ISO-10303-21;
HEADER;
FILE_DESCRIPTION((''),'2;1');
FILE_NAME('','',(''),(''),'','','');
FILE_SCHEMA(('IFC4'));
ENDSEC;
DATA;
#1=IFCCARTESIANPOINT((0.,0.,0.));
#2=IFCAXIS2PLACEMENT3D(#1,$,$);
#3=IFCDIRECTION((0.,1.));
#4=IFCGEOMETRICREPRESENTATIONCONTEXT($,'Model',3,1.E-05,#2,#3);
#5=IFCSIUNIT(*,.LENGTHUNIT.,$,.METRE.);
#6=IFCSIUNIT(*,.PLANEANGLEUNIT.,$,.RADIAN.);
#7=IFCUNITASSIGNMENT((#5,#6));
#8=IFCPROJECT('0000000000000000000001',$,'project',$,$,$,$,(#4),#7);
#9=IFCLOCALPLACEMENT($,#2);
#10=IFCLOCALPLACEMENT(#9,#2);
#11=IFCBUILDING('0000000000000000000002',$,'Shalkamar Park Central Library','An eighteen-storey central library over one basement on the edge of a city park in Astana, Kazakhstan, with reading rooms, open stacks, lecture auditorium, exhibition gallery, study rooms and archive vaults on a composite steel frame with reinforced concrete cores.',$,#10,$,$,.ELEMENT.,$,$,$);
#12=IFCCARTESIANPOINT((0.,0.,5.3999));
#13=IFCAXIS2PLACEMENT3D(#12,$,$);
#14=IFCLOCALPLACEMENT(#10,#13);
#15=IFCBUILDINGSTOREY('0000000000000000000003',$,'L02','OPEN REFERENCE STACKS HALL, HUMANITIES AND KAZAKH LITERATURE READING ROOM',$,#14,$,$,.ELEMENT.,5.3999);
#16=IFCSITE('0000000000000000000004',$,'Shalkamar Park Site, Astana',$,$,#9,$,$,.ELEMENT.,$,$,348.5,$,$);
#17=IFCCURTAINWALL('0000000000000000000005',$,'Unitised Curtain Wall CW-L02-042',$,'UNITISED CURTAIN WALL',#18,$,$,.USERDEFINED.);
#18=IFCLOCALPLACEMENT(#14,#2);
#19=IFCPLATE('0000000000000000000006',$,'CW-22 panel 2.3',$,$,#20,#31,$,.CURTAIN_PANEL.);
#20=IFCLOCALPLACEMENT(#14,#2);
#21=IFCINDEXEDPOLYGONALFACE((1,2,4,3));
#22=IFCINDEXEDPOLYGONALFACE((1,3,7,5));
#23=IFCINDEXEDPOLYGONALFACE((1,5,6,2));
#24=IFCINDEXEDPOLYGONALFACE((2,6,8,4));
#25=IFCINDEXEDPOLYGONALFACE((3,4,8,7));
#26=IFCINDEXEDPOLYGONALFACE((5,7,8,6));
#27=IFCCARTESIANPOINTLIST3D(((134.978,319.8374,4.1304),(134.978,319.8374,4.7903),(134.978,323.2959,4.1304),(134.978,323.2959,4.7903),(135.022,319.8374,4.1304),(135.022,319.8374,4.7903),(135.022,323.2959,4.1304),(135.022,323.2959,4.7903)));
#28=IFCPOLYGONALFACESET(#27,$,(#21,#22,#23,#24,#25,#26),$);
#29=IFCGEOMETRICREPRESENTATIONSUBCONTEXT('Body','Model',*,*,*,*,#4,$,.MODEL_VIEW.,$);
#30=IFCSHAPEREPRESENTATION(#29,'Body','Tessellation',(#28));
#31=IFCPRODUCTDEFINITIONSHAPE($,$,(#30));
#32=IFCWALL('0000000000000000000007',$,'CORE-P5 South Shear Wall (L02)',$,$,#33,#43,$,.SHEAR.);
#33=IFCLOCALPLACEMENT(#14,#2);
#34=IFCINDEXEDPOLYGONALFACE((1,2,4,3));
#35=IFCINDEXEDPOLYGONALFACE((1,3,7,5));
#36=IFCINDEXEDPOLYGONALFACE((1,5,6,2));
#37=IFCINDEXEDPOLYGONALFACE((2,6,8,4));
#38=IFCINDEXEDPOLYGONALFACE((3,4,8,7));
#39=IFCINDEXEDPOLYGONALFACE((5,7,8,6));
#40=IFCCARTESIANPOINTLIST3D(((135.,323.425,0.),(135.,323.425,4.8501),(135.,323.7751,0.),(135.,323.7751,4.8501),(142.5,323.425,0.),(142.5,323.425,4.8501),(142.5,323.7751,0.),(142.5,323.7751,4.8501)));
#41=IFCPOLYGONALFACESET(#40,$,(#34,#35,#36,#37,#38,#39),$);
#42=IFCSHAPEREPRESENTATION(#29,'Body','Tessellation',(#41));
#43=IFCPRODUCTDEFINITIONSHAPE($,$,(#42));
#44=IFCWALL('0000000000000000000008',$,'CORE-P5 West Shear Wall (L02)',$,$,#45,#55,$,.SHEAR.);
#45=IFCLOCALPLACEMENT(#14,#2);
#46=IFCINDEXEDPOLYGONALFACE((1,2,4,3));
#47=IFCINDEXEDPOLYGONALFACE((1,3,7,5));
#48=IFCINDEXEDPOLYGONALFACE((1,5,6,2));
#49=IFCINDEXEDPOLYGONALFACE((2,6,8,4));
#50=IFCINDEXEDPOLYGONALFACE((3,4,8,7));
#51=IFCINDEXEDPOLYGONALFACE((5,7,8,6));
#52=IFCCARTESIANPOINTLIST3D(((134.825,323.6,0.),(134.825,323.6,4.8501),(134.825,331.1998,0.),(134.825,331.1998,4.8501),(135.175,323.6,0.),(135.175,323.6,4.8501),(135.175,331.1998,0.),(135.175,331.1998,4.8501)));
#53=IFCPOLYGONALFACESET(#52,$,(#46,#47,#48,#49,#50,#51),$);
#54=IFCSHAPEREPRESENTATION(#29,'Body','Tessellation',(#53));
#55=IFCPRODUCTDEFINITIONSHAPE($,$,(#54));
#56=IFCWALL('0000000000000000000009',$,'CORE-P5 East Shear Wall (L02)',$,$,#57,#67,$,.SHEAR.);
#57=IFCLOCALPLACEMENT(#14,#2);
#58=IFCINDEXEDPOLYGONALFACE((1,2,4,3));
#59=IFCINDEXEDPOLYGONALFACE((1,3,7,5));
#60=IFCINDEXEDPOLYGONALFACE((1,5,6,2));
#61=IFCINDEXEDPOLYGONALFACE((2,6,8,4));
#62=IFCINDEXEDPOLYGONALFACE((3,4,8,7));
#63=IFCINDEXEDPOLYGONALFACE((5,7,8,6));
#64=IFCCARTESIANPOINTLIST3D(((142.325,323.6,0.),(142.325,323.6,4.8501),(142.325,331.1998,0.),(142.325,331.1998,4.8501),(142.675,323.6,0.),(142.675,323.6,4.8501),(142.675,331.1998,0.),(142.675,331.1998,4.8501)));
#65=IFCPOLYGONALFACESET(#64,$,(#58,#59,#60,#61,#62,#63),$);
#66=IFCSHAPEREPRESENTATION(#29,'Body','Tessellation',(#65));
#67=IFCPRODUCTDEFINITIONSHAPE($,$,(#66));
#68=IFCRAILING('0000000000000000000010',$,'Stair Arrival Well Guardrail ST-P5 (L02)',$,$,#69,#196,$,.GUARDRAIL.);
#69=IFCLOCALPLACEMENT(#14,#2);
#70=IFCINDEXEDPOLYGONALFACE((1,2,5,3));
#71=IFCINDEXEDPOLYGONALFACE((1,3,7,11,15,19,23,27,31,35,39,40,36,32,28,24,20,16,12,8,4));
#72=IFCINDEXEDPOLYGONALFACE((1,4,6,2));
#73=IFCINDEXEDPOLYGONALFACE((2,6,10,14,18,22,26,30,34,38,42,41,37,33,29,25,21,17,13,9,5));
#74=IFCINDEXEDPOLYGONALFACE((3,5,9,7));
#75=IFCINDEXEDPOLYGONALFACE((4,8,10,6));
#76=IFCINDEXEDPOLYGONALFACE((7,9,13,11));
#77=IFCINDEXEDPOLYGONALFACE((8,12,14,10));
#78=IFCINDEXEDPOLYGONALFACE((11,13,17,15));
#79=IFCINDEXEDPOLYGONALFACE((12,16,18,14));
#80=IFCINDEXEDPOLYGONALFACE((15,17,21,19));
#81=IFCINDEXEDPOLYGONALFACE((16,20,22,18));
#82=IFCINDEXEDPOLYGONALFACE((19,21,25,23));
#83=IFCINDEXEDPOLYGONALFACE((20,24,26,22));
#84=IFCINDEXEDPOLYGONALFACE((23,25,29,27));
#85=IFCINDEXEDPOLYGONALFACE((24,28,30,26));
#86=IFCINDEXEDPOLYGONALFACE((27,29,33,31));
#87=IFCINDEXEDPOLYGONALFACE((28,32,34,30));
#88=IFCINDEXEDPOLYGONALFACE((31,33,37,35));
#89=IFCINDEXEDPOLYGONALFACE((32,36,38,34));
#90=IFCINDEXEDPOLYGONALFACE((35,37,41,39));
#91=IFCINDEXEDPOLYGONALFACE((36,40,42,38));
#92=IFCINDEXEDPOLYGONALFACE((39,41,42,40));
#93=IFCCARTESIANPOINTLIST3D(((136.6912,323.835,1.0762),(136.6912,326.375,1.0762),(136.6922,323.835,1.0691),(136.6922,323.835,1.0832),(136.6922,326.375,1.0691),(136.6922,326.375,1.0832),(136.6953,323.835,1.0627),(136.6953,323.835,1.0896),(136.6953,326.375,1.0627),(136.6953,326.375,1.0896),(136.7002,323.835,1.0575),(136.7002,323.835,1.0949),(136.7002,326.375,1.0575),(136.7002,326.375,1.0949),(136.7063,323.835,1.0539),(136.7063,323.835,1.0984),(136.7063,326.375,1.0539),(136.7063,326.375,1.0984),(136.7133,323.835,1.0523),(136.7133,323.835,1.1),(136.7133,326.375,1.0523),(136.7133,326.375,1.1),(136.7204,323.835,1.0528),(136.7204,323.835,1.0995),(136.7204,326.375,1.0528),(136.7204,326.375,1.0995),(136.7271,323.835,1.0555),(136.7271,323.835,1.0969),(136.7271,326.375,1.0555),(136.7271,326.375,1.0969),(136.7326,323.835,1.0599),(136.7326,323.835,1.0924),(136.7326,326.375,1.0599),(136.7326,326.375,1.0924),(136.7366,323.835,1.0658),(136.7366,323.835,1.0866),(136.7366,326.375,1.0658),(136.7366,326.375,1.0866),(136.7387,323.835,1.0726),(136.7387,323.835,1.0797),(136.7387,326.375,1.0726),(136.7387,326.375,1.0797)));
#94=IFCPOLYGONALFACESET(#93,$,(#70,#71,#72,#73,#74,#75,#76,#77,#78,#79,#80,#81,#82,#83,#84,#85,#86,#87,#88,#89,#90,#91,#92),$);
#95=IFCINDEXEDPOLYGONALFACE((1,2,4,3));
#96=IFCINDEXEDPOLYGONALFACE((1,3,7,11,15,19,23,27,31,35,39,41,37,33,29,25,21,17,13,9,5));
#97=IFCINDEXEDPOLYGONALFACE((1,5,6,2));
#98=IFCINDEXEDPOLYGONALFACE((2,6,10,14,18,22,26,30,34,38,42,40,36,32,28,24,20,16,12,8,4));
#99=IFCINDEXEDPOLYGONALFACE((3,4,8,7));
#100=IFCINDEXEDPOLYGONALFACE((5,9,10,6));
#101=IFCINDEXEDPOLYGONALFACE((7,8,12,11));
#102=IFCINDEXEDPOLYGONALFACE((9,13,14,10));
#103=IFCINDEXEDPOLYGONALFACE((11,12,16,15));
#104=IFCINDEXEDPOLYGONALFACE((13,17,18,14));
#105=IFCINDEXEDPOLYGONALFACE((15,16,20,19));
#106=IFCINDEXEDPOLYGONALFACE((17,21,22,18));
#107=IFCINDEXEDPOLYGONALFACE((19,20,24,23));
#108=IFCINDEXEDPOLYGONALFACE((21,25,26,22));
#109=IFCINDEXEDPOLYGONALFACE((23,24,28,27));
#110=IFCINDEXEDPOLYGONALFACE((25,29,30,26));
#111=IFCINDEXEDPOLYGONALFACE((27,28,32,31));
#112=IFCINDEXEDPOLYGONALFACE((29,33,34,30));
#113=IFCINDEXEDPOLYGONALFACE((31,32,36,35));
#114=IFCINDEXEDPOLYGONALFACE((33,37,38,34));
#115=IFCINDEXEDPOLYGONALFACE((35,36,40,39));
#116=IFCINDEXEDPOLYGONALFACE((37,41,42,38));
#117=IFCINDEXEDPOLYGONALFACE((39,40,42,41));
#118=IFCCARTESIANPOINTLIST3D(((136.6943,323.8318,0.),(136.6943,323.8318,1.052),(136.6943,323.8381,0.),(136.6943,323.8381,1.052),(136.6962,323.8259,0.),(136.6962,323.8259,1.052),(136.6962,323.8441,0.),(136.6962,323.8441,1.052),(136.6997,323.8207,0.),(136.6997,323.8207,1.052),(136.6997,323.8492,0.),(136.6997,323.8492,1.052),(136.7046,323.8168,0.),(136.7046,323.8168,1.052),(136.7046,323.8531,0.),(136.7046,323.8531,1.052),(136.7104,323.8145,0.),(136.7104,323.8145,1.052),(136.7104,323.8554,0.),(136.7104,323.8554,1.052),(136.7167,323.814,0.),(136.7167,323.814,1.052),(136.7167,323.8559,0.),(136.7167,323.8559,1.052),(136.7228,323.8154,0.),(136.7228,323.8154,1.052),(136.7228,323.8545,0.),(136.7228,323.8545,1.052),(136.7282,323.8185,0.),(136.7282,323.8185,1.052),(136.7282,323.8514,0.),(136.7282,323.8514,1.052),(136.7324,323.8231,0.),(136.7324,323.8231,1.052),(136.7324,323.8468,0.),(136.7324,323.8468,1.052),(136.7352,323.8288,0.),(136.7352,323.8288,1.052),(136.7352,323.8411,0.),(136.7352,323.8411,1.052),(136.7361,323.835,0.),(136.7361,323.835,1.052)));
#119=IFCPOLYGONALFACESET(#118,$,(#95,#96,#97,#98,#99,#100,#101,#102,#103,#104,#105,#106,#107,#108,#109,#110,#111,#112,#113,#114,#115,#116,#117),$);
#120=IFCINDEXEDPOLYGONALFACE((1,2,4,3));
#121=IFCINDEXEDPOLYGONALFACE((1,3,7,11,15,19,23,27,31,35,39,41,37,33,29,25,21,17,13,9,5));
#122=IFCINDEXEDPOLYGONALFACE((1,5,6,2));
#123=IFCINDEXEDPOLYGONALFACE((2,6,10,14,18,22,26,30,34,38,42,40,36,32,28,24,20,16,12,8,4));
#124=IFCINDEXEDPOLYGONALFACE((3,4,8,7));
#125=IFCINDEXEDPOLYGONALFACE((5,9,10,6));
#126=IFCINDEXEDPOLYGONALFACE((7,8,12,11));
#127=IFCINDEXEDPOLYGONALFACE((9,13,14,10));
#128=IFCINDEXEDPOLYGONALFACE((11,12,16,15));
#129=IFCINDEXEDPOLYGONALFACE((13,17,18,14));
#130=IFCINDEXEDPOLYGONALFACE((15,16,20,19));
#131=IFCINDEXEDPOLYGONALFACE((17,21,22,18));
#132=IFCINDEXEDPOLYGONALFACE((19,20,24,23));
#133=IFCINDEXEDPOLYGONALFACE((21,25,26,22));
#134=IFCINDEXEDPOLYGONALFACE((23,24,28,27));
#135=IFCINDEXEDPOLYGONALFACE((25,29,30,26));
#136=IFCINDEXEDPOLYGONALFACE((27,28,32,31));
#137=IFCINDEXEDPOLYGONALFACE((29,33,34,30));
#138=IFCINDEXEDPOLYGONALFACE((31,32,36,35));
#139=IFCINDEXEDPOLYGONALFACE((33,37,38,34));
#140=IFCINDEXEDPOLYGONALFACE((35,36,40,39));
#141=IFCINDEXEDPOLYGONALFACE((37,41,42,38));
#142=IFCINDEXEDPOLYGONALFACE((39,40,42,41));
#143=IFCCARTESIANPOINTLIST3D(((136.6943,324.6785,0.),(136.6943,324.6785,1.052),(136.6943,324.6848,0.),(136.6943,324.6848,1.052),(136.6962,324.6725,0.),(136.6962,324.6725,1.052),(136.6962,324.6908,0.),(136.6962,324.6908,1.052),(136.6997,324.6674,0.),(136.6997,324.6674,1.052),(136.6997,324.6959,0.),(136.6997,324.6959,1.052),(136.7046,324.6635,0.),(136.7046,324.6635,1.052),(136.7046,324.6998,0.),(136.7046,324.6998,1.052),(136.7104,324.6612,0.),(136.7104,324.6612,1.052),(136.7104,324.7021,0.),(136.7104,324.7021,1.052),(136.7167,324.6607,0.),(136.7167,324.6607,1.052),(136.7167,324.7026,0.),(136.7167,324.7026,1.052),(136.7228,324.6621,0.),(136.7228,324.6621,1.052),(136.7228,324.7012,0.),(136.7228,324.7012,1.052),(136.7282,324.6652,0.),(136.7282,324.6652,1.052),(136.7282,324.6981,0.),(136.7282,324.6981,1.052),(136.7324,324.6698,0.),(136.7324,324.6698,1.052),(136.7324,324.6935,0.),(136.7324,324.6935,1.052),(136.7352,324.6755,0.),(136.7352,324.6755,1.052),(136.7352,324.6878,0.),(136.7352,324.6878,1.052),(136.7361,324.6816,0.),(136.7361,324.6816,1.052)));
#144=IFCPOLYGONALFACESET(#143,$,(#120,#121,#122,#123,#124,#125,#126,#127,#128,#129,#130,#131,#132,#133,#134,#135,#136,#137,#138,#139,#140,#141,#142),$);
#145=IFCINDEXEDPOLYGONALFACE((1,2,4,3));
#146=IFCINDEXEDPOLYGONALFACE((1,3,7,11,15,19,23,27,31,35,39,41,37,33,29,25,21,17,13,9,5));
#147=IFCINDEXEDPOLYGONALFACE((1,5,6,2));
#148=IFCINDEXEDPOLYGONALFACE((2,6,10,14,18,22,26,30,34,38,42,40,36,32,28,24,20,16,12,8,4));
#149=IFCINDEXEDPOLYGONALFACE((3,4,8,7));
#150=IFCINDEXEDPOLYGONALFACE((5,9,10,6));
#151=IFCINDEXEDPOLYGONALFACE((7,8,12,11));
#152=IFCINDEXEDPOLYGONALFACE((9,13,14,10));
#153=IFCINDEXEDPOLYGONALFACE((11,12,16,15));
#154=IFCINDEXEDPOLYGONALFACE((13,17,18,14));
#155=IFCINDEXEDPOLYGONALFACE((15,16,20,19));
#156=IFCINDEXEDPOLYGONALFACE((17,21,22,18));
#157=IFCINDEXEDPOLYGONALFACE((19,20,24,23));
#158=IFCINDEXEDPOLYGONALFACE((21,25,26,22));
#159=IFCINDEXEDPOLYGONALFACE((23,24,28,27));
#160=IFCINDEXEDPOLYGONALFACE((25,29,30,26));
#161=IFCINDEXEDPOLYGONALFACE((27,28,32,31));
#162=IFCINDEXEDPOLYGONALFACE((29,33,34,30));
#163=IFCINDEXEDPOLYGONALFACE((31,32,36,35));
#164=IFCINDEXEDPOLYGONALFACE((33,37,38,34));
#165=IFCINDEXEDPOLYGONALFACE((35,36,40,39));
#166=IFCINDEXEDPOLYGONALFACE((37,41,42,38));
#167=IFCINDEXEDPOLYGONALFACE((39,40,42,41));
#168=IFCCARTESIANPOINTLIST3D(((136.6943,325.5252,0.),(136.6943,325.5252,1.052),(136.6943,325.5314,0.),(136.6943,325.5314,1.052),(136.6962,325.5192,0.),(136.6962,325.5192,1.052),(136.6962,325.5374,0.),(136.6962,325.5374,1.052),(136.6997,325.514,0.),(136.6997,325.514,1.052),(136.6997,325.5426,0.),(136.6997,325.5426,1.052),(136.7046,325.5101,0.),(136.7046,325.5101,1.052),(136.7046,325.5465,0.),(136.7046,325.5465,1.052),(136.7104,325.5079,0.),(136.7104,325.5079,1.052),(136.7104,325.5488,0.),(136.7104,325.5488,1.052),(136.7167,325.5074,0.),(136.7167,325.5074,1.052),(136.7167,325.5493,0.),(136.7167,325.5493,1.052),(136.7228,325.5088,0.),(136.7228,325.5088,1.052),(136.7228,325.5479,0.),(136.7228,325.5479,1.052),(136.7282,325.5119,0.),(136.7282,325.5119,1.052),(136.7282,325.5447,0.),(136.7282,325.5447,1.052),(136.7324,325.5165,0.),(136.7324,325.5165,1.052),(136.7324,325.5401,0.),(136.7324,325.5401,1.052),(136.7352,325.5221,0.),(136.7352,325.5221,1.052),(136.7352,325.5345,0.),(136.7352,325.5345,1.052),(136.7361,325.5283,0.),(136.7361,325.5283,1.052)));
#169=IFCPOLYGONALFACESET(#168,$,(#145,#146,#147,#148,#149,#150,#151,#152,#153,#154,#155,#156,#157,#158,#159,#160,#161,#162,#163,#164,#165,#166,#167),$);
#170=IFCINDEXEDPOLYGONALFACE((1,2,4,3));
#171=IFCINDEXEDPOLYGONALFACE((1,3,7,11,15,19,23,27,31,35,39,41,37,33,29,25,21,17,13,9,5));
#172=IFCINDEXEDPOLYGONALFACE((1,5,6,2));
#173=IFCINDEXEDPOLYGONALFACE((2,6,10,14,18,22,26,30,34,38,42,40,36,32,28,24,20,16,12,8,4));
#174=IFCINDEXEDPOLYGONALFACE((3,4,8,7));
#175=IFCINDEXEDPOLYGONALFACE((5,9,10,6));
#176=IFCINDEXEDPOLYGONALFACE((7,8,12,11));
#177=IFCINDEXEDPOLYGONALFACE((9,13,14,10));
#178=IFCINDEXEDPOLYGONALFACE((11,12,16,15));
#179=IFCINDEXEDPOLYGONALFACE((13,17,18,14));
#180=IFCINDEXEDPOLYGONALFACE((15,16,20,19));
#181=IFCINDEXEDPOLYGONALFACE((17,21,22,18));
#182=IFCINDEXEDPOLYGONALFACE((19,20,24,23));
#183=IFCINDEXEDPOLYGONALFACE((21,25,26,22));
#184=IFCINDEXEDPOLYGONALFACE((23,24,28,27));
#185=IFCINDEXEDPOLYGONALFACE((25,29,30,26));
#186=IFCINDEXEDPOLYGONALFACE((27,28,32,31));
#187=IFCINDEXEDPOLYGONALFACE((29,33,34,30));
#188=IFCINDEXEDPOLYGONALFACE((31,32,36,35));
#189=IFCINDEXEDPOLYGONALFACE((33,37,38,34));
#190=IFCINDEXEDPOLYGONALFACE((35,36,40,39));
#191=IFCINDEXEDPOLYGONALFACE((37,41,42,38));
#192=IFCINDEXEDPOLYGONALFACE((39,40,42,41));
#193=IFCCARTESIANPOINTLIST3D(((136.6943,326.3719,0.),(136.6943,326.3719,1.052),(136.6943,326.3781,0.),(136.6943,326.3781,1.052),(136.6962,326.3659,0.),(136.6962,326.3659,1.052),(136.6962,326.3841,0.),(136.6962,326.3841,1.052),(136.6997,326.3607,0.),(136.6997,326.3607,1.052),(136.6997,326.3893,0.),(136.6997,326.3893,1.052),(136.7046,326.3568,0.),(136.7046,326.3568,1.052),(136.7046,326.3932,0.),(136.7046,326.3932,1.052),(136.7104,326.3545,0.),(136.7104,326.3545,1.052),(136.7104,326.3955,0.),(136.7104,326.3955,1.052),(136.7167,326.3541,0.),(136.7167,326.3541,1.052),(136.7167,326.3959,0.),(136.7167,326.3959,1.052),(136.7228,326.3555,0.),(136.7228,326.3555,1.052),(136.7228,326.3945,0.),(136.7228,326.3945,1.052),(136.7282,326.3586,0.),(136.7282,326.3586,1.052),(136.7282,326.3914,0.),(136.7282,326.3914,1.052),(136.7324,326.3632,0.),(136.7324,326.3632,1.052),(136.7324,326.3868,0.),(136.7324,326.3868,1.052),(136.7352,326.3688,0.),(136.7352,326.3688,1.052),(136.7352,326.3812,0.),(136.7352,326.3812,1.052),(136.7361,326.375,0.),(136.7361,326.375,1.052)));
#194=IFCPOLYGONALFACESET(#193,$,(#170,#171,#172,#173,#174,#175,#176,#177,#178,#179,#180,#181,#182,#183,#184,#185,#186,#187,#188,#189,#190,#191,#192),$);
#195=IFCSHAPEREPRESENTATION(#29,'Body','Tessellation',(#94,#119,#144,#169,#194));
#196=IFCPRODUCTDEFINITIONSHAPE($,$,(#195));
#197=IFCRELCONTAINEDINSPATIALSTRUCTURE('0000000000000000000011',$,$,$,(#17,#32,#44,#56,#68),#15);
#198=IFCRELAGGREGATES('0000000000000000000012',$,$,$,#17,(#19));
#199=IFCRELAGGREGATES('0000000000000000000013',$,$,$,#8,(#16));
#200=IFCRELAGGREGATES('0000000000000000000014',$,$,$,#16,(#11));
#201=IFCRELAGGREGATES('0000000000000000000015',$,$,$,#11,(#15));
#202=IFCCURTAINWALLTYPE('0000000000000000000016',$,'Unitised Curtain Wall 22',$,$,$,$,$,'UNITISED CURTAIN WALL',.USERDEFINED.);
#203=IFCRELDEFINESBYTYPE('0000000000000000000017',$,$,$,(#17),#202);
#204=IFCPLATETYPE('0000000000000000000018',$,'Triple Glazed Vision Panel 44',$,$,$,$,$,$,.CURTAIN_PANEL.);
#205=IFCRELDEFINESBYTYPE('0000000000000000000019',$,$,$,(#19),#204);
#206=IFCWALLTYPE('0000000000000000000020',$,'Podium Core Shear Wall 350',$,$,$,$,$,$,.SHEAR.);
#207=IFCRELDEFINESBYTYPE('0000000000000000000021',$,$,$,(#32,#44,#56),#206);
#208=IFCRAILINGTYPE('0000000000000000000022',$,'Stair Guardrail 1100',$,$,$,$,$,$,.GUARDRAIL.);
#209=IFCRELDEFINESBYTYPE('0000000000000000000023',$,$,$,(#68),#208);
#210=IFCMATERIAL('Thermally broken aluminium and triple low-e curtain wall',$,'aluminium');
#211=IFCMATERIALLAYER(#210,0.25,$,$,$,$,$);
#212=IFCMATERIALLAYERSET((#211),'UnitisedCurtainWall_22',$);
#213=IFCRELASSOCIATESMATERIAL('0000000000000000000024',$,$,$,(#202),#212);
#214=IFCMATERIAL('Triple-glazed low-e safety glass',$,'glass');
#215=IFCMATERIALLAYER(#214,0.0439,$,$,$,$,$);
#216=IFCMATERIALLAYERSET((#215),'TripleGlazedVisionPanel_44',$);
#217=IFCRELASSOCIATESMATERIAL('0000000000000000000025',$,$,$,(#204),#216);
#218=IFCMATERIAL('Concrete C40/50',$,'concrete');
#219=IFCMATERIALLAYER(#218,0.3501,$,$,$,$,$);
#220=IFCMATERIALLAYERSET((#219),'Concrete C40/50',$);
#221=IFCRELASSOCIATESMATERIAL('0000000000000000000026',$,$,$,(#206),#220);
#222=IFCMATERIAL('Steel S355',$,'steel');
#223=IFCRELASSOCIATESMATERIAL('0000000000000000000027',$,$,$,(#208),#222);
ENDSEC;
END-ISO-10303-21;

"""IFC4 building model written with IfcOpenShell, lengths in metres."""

from ifc_helpers import new_model, si_unit, direction, frame, frame_2d, origin, origin_2d, place, context, subcontext, project, spatial, rectangle, circle, extrude, material, layer, layer_set, type_object, element, aggregate, save


model = new_model("IFC4")

# Units and contexts
model_context = context("Model", 3, precision=1e-05, world=origin(), true_north=direction((0.0, 1.0)))
body_context = subcontext(model_context, "Body", "Model", "MODEL_VIEW")
ifc_project = project(units=[si_unit("LENGTHUNIT", "METRE"), si_unit("PLANEANGLEUNIT", "RADIAN")], contexts=[model_context])

# Site, building, storey
site_placement = place(None, origin())
site = spatial("IfcSite", under=ifc_project, at=site_placement, Name="Shalkamar Park Site, Astana", CompositionType="ELEMENT", RefElevation=348.5)
building_placement = place(site_placement, origin())
building = spatial("IfcBuilding", under=site, at=building_placement, Name="Shalkamar Park Central Library", Description="An eighteen-storey central library over one basement on the edge of a city park in Astana, Kazakhstan, with reading rooms, open stacks, lecture auditorium, exhibition gallery, study rooms and archive vaults on a composite steel frame with reinforced concrete cores.", CompositionType="ELEMENT")
storey_placement = place(building_placement, frame((0.0, 0.0, 5.3999)))
storey = spatial("IfcBuildingStorey", under=building, at=storey_placement, Name="L02", Description="OPEN REFERENCE STACKS HALL, HUMANITIES AND KAZAKH LITERATURE READING ROOM", CompositionType="ELEMENT", Elevation=5.3999)

# Shared definitions
ifc_material_1 = material(Name="Steel S355", Category="steel")

# Curtain wall
ifc_material_2 = material(Name="Thermally broken aluminium and triple low-e curtain wall", Category="aluminium")
ifc_layer_1 = layer(ifc_material_2, 0.25)
ifc_layer_set_1 = layer_set([ifc_layer_1], Name="UnitisedCurtainWall_22")
curtain_wall_type = type_object("IfcCurtainWallType", Name="Unitised Curtain Wall 22", ElementType="UNITISED CURTAIN WALL", PredefinedType="USERDEFINED", material=ifc_layer_set_1)
curtain_wall_placement = place(storey_placement, origin())
curtain_wall = element("IfcCurtainWall", 1, at=curtain_wall_placement, inside=storey, type_object=curtain_wall_type, Name="Unitised Curtain Wall CW-L02-042", ObjectType="UNITISED CURTAIN WALL", PredefinedType="USERDEFINED")

# Plate
ifc_material_3 = material(Name="Triple-glazed low-e safety glass", Category="glass")
ifc_layer_2 = layer(ifc_material_3, 0.0439)
ifc_layer_set_2 = layer_set([ifc_layer_2], Name="TripleGlazedVisionPanel_44")
plate_type = type_object("IfcPlateType", Name="Triple Glazed Vision Panel 44", PredefinedType="CURTAIN_PANEL", material=ifc_layer_set_2)
plate_1_placement = place(storey_placement, frame((135.0, 321.5667, 4.1304), z_axis=(0.0, 0.0, 1.0), x_axis=(0.0, 1.0, 0.0)))
plate_1 = element("IfcPlate", 2, at=plate_1_placement, type_object=plate_type, Name="CW-22 panel 2.3", PredefinedType="CURTAIN_PANEL", context=body_context, shape_type="SweptSolid", body=[
    extrude(rectangle(XDim=3.4585, YDim=0.0439, at=origin_2d()), origin(), (0.0, 0.0, 1.0), 0.6599),
])
aggregate(curtain_wall, [plate_1])

# Walls
ifc_material_4 = material(Name="Concrete C40/50", Category="concrete")
ifc_layer_3 = layer(ifc_material_4, 0.3501)
ifc_layer_set_3 = layer_set([ifc_layer_3], Name="Concrete C40/50")
wall_type = type_object("IfcWallType", Name="Podium Core Shear Wall 350", PredefinedType="SHEAR", material=ifc_layer_set_3)
wall_1_placement = place(storey_placement, frame((135.0, 323.6001, 0.0), z_axis=(0.0, 0.0, 1.0), x_axis=(1.0, 0.0, 0.0)))
element("IfcWall", 3, at=wall_1_placement, inside=storey, type_object=wall_type, Name="CORE-P5 South Shear Wall (L02)", PredefinedType="SHEAR", context=body_context, shape_type="SweptSolid", body=[
    extrude(rectangle(XDim=7.5, YDim=0.3501, at=frame_2d((3.75, 0.0))), origin(), (0.0, 0.0, 1.0), 4.8501),
])
for number, where, z_axis, x_axis, name in (
    (4, (135.0, 323.6001, 0.0), (0.0, 0.0, 1.0), (0.0, 1.0, 0.0), "CORE-P5 West Shear Wall (L02)"),
    (5, (142.5, 323.6001, 0.0), (0.0, 0.0, 1.0), (0.0, 1.0, 0.0), "CORE-P5 East Shear Wall (L02)"),
):
    element("IfcWall", number, at=place(storey_placement, frame(where, z_axis=z_axis, x_axis=x_axis)), inside=storey, type_object=wall_type, Name=name, PredefinedType="SHEAR", context=body_context, shape_type="SweptSolid", body=[
        extrude(rectangle(XDim=7.5999, YDim=0.3501, at=frame_2d((3.7998, 0.0))), origin(), (0.0, 0.0, 1.0), 4.8501),
    ])

# Railing
railing_type = type_object("IfcRailingType", Name="Stair Guardrail 1100", PredefinedType="GUARDRAIL", material=ifc_material_1)
railing_placement = place(storey_placement, frame((136.7151, 323.835, 0.0)))
element("IfcRailing", 6, at=railing_placement, inside=storey, type_object=railing_type, Name="Stair Arrival Well Guardrail ST-P5 (L02)", PredefinedType="GUARDRAIL", context=body_context, shape_type="SweptSolid", body=[
    extrude(circle(Radius=0.0239, at=origin_2d()), frame((0.0, 0.0, 1.0762), z_axis=(0.0, 1.0, 0.0), x_axis=(-1.0, 0.0, 0.0)), (0.0, 0.0, 1.0), 2.54),
    extrude(circle(Radius=0.021, at=origin_2d()), origin(), (0.0, 0.0, 1.0), 1.052),
    extrude(circle(Radius=0.021, at=origin_2d()), frame((0.0, 0.8467, 0.0)), (0.0, 0.0, 1.0), 1.052),
    extrude(circle(Radius=0.021, at=origin_2d()), frame((0.0, 1.6934, 0.0)), (0.0, 0.0, 1.0), 1.052),
    extrude(circle(Radius=0.021, at=origin_2d()), frame((0.0, 2.54, 0.0)), (0.0, 0.0, 1.0), 1.052),
])

save(model, "model.ifc")
